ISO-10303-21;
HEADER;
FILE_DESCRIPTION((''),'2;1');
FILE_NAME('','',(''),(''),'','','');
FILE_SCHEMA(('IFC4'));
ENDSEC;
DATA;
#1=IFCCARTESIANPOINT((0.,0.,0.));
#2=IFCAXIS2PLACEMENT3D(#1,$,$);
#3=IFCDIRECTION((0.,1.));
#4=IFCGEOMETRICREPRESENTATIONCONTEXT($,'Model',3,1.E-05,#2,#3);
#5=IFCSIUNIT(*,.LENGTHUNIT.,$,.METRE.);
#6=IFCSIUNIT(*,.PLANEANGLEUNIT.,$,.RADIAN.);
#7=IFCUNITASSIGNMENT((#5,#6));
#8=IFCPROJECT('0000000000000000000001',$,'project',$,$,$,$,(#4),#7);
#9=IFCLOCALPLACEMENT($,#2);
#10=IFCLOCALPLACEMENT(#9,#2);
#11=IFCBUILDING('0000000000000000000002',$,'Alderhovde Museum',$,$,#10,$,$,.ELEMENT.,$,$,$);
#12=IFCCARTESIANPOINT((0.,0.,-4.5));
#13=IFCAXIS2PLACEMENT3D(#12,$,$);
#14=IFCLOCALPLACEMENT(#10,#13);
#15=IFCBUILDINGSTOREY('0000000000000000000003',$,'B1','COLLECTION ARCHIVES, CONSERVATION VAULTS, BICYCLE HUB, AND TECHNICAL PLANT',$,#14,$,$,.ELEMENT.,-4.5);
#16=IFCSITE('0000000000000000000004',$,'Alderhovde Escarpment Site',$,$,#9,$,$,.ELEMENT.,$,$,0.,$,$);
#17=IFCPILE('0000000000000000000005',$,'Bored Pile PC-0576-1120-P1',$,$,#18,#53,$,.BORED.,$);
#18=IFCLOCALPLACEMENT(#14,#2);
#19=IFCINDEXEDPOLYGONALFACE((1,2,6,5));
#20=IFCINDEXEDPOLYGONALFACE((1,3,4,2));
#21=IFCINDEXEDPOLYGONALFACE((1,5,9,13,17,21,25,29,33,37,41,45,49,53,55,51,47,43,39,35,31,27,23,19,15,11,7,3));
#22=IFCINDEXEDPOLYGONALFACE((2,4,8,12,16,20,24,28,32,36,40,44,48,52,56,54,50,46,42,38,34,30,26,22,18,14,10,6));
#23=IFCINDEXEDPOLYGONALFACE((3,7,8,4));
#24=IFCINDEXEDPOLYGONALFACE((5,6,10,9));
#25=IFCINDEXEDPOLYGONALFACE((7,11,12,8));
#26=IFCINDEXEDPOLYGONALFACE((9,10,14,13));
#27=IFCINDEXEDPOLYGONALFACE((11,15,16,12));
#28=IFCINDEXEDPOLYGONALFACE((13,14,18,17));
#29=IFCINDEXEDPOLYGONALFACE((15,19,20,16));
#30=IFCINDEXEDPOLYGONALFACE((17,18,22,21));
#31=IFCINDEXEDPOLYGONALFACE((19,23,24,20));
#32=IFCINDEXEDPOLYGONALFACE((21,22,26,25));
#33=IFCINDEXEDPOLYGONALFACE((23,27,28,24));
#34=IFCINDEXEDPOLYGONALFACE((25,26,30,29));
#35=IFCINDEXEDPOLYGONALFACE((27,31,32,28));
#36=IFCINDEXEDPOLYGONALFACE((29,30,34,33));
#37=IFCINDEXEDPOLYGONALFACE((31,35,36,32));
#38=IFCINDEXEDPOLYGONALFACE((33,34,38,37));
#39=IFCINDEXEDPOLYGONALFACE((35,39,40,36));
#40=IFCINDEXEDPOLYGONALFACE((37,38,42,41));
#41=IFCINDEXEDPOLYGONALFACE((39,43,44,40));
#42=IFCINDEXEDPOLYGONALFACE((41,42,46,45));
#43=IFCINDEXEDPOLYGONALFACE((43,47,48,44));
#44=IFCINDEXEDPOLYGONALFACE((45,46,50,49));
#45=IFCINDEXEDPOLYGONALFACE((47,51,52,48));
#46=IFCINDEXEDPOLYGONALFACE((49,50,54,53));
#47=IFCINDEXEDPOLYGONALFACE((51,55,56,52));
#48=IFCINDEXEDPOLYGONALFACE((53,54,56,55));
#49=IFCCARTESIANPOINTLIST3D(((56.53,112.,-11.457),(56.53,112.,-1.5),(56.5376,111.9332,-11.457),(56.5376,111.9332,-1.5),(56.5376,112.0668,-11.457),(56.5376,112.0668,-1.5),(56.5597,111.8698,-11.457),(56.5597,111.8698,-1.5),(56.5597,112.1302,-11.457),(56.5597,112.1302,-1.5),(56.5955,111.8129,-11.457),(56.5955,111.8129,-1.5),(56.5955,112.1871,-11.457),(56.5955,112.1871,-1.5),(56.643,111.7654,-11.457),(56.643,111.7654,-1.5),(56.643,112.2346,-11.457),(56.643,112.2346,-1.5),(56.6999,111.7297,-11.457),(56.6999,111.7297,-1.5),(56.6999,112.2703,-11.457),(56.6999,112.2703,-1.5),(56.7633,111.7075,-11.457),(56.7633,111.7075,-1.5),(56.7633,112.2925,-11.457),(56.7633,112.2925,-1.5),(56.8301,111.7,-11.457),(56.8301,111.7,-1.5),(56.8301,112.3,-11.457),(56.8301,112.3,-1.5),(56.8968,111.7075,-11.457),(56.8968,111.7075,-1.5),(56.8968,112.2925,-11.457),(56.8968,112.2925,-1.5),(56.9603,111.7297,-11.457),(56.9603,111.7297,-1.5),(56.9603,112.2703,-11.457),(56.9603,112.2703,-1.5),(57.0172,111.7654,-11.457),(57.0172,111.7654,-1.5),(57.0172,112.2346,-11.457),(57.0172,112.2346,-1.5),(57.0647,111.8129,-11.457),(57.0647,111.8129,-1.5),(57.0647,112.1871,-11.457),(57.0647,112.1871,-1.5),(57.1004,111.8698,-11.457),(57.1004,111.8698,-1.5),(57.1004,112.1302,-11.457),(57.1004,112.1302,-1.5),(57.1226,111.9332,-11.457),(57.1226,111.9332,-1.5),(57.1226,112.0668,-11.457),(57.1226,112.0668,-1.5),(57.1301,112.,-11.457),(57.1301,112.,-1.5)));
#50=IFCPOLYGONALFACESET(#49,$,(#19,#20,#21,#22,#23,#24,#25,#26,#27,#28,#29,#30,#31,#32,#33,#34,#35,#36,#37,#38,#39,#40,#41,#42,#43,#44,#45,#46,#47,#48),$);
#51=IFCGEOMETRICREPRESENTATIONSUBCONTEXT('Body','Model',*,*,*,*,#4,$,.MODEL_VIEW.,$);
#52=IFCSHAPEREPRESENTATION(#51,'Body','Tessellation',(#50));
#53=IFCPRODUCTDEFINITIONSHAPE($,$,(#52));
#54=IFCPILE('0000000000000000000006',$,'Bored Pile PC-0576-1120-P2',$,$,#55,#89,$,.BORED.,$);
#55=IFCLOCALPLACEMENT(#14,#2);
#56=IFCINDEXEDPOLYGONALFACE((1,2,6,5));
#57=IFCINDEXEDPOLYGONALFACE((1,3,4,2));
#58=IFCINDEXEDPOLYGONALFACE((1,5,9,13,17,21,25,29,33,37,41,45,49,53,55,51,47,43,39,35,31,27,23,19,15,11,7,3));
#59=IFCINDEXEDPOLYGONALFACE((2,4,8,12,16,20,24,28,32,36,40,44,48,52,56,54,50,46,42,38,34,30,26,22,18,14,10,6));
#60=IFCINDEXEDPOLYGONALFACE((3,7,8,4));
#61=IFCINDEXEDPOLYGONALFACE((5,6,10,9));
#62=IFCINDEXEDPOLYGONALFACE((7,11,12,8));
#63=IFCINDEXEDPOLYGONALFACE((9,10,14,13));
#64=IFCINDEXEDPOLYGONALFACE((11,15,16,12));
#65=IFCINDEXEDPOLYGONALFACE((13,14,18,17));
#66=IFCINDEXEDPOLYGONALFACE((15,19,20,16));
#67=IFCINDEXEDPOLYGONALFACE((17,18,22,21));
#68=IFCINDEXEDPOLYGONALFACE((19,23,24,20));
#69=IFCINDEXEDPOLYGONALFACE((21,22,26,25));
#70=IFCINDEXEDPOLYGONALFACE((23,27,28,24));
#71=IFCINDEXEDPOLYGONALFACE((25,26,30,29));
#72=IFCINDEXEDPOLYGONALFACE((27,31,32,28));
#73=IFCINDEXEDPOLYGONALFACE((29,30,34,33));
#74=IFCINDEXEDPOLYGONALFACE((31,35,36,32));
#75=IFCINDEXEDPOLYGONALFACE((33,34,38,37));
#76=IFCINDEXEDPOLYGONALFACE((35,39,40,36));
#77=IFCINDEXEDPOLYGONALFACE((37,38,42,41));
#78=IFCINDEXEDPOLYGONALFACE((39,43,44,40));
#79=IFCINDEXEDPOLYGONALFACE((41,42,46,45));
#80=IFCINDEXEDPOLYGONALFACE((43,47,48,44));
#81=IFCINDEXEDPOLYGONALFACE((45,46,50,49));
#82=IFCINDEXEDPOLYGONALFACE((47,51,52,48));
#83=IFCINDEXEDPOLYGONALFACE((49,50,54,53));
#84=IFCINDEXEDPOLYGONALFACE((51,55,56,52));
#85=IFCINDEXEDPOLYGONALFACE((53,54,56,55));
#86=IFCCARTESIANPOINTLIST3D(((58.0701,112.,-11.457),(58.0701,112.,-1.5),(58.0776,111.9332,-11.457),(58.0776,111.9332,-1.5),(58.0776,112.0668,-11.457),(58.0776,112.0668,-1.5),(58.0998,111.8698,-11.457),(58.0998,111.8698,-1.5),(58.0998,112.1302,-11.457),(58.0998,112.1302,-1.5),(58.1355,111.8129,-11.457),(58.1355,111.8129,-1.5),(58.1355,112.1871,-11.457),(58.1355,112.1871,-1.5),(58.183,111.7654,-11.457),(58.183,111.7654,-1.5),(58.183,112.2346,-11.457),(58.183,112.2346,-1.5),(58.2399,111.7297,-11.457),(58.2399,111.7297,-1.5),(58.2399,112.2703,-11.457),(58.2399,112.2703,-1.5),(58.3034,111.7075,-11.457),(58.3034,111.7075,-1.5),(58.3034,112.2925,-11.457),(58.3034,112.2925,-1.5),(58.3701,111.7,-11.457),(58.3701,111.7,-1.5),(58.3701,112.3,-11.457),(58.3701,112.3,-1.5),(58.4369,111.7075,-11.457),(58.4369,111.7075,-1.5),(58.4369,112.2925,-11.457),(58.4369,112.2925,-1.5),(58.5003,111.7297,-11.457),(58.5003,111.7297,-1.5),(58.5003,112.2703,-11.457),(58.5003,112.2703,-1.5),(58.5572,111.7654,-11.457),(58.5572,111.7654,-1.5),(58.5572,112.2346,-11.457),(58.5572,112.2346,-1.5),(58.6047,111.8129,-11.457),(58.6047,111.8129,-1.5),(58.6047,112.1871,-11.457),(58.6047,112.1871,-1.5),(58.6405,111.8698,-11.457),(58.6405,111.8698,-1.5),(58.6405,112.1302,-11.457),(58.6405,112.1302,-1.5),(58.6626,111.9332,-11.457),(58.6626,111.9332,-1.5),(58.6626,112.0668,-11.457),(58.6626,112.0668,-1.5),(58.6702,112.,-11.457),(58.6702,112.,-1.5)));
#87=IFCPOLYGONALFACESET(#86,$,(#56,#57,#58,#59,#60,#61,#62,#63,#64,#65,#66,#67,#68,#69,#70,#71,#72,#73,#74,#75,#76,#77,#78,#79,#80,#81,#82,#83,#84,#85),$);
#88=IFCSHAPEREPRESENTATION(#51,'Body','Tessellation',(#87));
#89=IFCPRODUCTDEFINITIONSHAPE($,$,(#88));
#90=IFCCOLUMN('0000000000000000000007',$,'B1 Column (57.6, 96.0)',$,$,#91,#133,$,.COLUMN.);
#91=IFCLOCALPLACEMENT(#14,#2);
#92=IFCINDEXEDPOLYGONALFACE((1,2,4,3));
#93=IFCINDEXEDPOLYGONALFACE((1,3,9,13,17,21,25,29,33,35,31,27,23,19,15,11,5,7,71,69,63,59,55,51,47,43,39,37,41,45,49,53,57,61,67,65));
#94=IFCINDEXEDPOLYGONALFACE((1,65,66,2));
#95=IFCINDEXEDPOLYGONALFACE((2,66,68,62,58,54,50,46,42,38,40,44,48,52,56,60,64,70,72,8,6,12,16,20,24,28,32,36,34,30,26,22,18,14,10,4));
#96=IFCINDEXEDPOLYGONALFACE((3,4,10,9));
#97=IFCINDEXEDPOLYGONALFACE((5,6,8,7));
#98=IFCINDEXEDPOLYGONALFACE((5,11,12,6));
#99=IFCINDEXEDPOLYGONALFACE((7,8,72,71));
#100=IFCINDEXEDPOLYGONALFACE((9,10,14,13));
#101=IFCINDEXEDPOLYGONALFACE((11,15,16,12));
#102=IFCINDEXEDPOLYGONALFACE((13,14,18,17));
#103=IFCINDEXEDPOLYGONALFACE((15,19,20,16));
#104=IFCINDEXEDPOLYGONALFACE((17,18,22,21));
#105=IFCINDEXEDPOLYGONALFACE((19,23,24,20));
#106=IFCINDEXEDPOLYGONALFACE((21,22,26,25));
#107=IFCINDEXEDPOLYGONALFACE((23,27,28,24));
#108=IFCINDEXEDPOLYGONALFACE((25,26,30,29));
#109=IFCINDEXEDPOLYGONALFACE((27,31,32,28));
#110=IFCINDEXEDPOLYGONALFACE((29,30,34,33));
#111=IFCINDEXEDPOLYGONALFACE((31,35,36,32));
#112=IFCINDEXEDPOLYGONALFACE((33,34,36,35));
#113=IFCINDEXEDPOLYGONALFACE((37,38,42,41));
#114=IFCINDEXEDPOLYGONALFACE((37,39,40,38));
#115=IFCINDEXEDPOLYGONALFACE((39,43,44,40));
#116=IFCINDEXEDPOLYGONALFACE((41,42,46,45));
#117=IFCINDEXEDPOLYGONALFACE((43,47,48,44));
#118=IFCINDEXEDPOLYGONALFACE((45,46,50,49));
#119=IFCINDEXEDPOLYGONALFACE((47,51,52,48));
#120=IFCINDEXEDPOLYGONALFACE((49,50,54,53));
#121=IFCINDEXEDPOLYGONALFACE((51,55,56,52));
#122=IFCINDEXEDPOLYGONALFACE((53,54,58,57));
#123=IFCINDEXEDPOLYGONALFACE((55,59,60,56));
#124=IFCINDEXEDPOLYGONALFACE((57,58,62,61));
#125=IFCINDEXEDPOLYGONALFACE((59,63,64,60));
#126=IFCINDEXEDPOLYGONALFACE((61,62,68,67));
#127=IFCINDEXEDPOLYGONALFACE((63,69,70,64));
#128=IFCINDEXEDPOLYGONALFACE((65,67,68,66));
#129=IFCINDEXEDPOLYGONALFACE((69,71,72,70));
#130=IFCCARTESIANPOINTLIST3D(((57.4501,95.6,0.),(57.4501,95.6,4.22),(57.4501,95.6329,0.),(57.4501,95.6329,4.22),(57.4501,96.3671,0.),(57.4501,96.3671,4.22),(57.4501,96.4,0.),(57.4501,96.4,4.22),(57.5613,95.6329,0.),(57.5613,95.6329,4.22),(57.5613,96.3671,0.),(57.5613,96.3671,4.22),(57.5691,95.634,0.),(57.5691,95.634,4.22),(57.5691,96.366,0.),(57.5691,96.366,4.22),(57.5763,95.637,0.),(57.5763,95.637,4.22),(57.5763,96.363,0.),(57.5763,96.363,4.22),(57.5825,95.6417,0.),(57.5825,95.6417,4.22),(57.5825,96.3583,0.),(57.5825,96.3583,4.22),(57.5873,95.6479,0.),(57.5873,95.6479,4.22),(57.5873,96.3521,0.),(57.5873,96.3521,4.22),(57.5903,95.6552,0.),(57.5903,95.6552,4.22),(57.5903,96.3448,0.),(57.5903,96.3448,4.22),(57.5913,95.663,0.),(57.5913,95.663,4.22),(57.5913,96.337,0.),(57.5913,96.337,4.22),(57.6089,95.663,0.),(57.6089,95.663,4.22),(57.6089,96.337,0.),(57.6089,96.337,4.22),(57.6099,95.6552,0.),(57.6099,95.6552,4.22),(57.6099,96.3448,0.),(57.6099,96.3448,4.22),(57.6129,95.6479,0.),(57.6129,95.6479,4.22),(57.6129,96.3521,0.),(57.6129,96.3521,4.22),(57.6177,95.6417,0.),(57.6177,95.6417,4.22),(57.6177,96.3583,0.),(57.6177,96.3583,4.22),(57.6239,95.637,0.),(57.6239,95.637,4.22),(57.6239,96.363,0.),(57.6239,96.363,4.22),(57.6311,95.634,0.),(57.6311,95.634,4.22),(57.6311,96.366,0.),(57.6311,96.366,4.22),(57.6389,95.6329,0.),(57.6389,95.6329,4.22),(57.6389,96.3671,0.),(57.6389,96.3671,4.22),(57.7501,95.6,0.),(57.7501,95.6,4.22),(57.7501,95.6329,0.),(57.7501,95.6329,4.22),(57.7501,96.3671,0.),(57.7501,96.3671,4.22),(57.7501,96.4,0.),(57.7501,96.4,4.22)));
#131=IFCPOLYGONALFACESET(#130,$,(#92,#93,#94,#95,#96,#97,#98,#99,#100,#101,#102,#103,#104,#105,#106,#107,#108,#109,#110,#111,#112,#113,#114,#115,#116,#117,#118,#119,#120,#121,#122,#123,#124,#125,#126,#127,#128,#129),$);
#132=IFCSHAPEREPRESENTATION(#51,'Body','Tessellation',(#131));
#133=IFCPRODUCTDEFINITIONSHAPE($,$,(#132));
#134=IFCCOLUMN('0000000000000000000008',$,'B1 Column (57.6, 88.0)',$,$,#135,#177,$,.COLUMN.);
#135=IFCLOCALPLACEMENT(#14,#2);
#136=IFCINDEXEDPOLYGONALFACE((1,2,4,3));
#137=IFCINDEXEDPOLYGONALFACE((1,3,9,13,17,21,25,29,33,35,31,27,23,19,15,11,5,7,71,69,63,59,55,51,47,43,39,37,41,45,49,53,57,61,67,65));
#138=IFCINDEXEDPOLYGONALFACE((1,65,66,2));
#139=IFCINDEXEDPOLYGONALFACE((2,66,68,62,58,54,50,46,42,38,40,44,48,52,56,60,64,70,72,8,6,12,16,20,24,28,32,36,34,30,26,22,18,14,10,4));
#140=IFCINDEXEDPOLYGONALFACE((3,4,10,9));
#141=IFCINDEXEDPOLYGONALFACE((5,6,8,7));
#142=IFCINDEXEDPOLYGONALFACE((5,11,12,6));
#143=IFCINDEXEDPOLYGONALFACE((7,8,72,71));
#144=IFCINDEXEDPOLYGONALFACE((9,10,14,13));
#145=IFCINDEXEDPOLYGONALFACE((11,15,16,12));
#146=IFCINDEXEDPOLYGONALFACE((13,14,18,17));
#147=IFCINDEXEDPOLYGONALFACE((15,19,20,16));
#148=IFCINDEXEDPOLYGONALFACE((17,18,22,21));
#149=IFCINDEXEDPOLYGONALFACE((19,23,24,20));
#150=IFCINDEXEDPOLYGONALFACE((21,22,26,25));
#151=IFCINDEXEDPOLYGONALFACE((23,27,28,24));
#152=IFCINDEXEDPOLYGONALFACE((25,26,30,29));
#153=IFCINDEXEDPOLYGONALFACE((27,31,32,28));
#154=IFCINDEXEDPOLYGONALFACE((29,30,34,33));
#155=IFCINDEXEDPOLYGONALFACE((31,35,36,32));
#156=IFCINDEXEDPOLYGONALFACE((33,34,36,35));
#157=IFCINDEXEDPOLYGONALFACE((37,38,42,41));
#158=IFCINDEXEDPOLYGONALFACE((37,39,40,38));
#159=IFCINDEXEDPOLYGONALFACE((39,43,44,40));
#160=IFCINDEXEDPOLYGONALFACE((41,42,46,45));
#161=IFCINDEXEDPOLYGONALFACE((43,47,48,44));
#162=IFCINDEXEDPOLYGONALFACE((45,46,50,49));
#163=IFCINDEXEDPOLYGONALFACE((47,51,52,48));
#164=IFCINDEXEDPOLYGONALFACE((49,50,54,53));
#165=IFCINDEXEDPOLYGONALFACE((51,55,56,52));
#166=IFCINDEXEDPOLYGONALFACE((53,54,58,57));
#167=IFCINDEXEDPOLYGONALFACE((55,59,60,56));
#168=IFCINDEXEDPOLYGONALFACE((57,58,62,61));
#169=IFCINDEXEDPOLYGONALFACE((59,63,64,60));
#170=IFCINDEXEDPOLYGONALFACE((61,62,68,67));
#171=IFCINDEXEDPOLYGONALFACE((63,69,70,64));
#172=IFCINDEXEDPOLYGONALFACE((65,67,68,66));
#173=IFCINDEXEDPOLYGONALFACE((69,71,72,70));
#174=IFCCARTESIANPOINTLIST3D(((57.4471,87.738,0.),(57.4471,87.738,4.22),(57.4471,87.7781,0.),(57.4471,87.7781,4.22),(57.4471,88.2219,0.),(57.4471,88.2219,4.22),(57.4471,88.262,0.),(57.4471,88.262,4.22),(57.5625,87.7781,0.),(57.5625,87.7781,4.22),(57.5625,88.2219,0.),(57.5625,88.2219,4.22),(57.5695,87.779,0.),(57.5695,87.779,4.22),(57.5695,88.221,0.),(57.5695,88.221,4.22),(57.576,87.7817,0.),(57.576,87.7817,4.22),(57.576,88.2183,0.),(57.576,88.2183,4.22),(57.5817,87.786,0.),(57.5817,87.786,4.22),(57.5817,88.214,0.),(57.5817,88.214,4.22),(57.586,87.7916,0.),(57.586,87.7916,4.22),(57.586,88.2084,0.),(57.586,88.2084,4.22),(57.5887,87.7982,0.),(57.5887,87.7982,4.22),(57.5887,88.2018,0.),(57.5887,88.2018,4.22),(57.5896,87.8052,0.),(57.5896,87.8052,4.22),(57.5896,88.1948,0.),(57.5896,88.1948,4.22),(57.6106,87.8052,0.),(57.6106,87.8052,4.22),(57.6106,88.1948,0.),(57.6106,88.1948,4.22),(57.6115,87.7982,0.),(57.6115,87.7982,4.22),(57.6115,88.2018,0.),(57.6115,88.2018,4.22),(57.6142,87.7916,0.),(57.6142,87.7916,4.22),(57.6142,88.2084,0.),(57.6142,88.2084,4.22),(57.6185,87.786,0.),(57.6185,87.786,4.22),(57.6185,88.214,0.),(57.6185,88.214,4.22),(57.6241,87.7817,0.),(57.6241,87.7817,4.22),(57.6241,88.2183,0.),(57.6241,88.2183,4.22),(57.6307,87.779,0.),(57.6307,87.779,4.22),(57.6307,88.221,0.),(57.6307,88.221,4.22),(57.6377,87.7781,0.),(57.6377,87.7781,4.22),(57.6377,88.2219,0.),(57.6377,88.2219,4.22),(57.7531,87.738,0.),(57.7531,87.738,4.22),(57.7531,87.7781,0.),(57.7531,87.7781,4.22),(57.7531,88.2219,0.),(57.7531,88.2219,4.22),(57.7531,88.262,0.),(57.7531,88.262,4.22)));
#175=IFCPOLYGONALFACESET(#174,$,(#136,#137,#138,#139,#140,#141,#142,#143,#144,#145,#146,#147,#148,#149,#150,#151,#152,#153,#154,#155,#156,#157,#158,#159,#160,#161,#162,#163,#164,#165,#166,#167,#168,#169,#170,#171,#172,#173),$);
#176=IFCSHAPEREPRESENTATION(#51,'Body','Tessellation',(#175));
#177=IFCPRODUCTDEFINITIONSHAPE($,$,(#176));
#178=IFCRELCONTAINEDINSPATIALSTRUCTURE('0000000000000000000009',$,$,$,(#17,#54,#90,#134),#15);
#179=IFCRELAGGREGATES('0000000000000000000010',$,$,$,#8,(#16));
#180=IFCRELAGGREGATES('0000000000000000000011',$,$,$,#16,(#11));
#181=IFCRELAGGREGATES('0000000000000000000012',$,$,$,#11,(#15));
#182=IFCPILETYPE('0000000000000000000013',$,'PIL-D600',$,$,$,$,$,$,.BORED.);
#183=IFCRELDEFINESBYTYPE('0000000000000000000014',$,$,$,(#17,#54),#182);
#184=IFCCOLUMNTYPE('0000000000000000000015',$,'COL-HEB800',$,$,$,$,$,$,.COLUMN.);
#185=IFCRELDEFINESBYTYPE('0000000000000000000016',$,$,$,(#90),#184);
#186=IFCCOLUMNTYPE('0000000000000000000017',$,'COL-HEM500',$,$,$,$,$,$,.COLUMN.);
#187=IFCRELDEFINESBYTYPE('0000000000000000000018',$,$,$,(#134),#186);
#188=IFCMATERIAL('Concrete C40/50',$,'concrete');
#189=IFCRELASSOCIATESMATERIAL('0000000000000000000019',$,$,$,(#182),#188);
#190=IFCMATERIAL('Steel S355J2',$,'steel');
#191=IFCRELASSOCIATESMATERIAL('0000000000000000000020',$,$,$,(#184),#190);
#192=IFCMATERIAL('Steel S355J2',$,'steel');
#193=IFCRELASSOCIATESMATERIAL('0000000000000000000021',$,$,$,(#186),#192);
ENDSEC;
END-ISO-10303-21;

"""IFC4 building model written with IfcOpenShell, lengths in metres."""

from ifc_helpers import new_model, si_unit, direction, frame, origin, origin_2d, place, context, subcontext, project, spatial, circle, i_section, extrude, material, material_profile, profile_set, type_object, element, save


model = new_model("IFC4")

# Units and contexts
model_context = context("Model", 3, precision=1e-05, world=origin(), true_north=direction((0.0, 1.0)))
body_context = subcontext(model_context, "Body", "Model", "MODEL_VIEW")
ifc_project = project(units=[si_unit("LENGTHUNIT", "METRE"), si_unit("PLANEANGLEUNIT", "RADIAN")], contexts=[model_context])

# Site, building, storey
site_placement = place(None, origin())
site = spatial("IfcSite", under=ifc_project, at=site_placement, Name="Alderhovde Escarpment Site", CompositionType="ELEMENT", RefElevation=0.0)
building_placement = place(site_placement, origin())
building = spatial("IfcBuilding", under=site, at=building_placement, Name="Alderhovde Museum", CompositionType="ELEMENT")
storey_placement = place(building_placement, frame((0.0, 0.0, -4.5)))
storey = spatial("IfcBuildingStorey", under=building, at=storey_placement, Name="B1", Description="COLLECTION ARCHIVES, CONSERVATION VAULTS, BICYCLE HUB, AND TECHNICAL PLANT", CompositionType="ELEMENT", Elevation=-4.5)

# Piles
ifc_material_1 = material(Name="Concrete C40/50", Category="concrete")
ifc_material_profile_1 = material_profile(ifc_material_1, circle(Radius=0.3, at=origin_2d()), Name="PILE-D600")
ifc_profile_set_1 = profile_set([ifc_material_profile_1], Name="Concrete C40/50")
pile_type_1 = type_object("IfcPileType", Name="PIL-D600", PredefinedType="BORED", material=ifc_profile_set_1)
for number, where, z_axis, x_axis, name in (
    (1, (56.8301, 112.0, -1.5), (0.0, 0.0, -1.0), (1.0, 0.0, 0.0), "Bored Pile PC-0576-1120-P1"),
    (2, (58.3701, 112.0, -1.5), (0.0, 0.0, -1.0), (1.0, 0.0, 0.0), "Bored Pile PC-0576-1120-P2"),
):
    element("IfcPile", number, at=place(storey_placement, frame(where, z_axis=z_axis, x_axis=x_axis)), inside=storey, type_object=pile_type_1, Name=name, PredefinedType="BORED", context=body_context, shape_type="SweptSolid", body=[
        extrude(circle(Radius=0.3, at=origin_2d()), origin(), (0.0, 0.0, 1.0), 9.957),
    ])

# Columns
ifc_material_2 = material(Name="Steel S355J2", Category="steel")
ifc_material_profile_2 = material_profile(ifc_material_2, i_section(OverallWidth=0.3, OverallDepth=0.8, WebThickness=0.0176, FlangeThickness=0.033, FilletRadius=0.03, at=origin_2d()), Name="HEB 800")
ifc_profile_set_2 = profile_set([ifc_material_profile_2], Name="Steel S355J2")
column_type_1 = type_object("IfcColumnType", Name="COL-HEB800", PredefinedType="COLUMN", material=ifc_profile_set_2)
column_1_placement = place(storey_placement, frame((57.6001, 96.0, 0.0), z_axis=(0.0, 0.0, 1.0), x_axis=(1.0, 0.0, 0.0)))
element("IfcColumn", 3, at=column_1_placement, inside=storey, type_object=column_type_1, Name="B1 Column (57.6, 96.0)", PredefinedType="COLUMN", context=body_context, shape_type="SweptSolid", body=[
    extrude(i_section(OverallWidth=0.3, OverallDepth=0.8, WebThickness=0.0176, FlangeThickness=0.033, FilletRadius=0.03, at=origin_2d()), origin(), (0.0, 0.0, 1.0), 4.22),
])
ifc_material_3 = material(Name="Steel S355J2", Category="steel")
ifc_material_profile_3 = material_profile(ifc_material_3, i_section(OverallWidth=0.3059, OverallDepth=0.5239, WebThickness=0.021, FlangeThickness=0.04, FilletRadius=0.0271, at=origin_2d()), Name="HEM 500")
ifc_profile_set_3 = profile_set([ifc_material_profile_3], Name="Steel S355J2")
column_type_2 = type_object("IfcColumnType", Name="COL-HEM500", PredefinedType="COLUMN", material=ifc_profile_set_3)
for number, where, z_axis, x_axis, name in (
    (4, (57.6001, 88.0, 0.0), (0.0, 0.0, 1.0), (1.0, 0.0, 0.0), "B1 Column (57.6, 88.0)"),
):
    element("IfcColumn", number, at=place(storey_placement, frame(where, z_axis=z_axis, x_axis=x_axis)), inside=storey, type_object=column_type_2, Name=name, PredefinedType="COLUMN", context=body_context, shape_type="SweptSolid", body=[
        extrude(i_section(OverallWidth=0.3059, OverallDepth=0.5239, WebThickness=0.021, FlangeThickness=0.04, FilletRadius=0.0271, at=origin_2d()), origin(), (0.0, 0.0, 1.0), 4.22),
    ])

save(model, "model.ifc")
